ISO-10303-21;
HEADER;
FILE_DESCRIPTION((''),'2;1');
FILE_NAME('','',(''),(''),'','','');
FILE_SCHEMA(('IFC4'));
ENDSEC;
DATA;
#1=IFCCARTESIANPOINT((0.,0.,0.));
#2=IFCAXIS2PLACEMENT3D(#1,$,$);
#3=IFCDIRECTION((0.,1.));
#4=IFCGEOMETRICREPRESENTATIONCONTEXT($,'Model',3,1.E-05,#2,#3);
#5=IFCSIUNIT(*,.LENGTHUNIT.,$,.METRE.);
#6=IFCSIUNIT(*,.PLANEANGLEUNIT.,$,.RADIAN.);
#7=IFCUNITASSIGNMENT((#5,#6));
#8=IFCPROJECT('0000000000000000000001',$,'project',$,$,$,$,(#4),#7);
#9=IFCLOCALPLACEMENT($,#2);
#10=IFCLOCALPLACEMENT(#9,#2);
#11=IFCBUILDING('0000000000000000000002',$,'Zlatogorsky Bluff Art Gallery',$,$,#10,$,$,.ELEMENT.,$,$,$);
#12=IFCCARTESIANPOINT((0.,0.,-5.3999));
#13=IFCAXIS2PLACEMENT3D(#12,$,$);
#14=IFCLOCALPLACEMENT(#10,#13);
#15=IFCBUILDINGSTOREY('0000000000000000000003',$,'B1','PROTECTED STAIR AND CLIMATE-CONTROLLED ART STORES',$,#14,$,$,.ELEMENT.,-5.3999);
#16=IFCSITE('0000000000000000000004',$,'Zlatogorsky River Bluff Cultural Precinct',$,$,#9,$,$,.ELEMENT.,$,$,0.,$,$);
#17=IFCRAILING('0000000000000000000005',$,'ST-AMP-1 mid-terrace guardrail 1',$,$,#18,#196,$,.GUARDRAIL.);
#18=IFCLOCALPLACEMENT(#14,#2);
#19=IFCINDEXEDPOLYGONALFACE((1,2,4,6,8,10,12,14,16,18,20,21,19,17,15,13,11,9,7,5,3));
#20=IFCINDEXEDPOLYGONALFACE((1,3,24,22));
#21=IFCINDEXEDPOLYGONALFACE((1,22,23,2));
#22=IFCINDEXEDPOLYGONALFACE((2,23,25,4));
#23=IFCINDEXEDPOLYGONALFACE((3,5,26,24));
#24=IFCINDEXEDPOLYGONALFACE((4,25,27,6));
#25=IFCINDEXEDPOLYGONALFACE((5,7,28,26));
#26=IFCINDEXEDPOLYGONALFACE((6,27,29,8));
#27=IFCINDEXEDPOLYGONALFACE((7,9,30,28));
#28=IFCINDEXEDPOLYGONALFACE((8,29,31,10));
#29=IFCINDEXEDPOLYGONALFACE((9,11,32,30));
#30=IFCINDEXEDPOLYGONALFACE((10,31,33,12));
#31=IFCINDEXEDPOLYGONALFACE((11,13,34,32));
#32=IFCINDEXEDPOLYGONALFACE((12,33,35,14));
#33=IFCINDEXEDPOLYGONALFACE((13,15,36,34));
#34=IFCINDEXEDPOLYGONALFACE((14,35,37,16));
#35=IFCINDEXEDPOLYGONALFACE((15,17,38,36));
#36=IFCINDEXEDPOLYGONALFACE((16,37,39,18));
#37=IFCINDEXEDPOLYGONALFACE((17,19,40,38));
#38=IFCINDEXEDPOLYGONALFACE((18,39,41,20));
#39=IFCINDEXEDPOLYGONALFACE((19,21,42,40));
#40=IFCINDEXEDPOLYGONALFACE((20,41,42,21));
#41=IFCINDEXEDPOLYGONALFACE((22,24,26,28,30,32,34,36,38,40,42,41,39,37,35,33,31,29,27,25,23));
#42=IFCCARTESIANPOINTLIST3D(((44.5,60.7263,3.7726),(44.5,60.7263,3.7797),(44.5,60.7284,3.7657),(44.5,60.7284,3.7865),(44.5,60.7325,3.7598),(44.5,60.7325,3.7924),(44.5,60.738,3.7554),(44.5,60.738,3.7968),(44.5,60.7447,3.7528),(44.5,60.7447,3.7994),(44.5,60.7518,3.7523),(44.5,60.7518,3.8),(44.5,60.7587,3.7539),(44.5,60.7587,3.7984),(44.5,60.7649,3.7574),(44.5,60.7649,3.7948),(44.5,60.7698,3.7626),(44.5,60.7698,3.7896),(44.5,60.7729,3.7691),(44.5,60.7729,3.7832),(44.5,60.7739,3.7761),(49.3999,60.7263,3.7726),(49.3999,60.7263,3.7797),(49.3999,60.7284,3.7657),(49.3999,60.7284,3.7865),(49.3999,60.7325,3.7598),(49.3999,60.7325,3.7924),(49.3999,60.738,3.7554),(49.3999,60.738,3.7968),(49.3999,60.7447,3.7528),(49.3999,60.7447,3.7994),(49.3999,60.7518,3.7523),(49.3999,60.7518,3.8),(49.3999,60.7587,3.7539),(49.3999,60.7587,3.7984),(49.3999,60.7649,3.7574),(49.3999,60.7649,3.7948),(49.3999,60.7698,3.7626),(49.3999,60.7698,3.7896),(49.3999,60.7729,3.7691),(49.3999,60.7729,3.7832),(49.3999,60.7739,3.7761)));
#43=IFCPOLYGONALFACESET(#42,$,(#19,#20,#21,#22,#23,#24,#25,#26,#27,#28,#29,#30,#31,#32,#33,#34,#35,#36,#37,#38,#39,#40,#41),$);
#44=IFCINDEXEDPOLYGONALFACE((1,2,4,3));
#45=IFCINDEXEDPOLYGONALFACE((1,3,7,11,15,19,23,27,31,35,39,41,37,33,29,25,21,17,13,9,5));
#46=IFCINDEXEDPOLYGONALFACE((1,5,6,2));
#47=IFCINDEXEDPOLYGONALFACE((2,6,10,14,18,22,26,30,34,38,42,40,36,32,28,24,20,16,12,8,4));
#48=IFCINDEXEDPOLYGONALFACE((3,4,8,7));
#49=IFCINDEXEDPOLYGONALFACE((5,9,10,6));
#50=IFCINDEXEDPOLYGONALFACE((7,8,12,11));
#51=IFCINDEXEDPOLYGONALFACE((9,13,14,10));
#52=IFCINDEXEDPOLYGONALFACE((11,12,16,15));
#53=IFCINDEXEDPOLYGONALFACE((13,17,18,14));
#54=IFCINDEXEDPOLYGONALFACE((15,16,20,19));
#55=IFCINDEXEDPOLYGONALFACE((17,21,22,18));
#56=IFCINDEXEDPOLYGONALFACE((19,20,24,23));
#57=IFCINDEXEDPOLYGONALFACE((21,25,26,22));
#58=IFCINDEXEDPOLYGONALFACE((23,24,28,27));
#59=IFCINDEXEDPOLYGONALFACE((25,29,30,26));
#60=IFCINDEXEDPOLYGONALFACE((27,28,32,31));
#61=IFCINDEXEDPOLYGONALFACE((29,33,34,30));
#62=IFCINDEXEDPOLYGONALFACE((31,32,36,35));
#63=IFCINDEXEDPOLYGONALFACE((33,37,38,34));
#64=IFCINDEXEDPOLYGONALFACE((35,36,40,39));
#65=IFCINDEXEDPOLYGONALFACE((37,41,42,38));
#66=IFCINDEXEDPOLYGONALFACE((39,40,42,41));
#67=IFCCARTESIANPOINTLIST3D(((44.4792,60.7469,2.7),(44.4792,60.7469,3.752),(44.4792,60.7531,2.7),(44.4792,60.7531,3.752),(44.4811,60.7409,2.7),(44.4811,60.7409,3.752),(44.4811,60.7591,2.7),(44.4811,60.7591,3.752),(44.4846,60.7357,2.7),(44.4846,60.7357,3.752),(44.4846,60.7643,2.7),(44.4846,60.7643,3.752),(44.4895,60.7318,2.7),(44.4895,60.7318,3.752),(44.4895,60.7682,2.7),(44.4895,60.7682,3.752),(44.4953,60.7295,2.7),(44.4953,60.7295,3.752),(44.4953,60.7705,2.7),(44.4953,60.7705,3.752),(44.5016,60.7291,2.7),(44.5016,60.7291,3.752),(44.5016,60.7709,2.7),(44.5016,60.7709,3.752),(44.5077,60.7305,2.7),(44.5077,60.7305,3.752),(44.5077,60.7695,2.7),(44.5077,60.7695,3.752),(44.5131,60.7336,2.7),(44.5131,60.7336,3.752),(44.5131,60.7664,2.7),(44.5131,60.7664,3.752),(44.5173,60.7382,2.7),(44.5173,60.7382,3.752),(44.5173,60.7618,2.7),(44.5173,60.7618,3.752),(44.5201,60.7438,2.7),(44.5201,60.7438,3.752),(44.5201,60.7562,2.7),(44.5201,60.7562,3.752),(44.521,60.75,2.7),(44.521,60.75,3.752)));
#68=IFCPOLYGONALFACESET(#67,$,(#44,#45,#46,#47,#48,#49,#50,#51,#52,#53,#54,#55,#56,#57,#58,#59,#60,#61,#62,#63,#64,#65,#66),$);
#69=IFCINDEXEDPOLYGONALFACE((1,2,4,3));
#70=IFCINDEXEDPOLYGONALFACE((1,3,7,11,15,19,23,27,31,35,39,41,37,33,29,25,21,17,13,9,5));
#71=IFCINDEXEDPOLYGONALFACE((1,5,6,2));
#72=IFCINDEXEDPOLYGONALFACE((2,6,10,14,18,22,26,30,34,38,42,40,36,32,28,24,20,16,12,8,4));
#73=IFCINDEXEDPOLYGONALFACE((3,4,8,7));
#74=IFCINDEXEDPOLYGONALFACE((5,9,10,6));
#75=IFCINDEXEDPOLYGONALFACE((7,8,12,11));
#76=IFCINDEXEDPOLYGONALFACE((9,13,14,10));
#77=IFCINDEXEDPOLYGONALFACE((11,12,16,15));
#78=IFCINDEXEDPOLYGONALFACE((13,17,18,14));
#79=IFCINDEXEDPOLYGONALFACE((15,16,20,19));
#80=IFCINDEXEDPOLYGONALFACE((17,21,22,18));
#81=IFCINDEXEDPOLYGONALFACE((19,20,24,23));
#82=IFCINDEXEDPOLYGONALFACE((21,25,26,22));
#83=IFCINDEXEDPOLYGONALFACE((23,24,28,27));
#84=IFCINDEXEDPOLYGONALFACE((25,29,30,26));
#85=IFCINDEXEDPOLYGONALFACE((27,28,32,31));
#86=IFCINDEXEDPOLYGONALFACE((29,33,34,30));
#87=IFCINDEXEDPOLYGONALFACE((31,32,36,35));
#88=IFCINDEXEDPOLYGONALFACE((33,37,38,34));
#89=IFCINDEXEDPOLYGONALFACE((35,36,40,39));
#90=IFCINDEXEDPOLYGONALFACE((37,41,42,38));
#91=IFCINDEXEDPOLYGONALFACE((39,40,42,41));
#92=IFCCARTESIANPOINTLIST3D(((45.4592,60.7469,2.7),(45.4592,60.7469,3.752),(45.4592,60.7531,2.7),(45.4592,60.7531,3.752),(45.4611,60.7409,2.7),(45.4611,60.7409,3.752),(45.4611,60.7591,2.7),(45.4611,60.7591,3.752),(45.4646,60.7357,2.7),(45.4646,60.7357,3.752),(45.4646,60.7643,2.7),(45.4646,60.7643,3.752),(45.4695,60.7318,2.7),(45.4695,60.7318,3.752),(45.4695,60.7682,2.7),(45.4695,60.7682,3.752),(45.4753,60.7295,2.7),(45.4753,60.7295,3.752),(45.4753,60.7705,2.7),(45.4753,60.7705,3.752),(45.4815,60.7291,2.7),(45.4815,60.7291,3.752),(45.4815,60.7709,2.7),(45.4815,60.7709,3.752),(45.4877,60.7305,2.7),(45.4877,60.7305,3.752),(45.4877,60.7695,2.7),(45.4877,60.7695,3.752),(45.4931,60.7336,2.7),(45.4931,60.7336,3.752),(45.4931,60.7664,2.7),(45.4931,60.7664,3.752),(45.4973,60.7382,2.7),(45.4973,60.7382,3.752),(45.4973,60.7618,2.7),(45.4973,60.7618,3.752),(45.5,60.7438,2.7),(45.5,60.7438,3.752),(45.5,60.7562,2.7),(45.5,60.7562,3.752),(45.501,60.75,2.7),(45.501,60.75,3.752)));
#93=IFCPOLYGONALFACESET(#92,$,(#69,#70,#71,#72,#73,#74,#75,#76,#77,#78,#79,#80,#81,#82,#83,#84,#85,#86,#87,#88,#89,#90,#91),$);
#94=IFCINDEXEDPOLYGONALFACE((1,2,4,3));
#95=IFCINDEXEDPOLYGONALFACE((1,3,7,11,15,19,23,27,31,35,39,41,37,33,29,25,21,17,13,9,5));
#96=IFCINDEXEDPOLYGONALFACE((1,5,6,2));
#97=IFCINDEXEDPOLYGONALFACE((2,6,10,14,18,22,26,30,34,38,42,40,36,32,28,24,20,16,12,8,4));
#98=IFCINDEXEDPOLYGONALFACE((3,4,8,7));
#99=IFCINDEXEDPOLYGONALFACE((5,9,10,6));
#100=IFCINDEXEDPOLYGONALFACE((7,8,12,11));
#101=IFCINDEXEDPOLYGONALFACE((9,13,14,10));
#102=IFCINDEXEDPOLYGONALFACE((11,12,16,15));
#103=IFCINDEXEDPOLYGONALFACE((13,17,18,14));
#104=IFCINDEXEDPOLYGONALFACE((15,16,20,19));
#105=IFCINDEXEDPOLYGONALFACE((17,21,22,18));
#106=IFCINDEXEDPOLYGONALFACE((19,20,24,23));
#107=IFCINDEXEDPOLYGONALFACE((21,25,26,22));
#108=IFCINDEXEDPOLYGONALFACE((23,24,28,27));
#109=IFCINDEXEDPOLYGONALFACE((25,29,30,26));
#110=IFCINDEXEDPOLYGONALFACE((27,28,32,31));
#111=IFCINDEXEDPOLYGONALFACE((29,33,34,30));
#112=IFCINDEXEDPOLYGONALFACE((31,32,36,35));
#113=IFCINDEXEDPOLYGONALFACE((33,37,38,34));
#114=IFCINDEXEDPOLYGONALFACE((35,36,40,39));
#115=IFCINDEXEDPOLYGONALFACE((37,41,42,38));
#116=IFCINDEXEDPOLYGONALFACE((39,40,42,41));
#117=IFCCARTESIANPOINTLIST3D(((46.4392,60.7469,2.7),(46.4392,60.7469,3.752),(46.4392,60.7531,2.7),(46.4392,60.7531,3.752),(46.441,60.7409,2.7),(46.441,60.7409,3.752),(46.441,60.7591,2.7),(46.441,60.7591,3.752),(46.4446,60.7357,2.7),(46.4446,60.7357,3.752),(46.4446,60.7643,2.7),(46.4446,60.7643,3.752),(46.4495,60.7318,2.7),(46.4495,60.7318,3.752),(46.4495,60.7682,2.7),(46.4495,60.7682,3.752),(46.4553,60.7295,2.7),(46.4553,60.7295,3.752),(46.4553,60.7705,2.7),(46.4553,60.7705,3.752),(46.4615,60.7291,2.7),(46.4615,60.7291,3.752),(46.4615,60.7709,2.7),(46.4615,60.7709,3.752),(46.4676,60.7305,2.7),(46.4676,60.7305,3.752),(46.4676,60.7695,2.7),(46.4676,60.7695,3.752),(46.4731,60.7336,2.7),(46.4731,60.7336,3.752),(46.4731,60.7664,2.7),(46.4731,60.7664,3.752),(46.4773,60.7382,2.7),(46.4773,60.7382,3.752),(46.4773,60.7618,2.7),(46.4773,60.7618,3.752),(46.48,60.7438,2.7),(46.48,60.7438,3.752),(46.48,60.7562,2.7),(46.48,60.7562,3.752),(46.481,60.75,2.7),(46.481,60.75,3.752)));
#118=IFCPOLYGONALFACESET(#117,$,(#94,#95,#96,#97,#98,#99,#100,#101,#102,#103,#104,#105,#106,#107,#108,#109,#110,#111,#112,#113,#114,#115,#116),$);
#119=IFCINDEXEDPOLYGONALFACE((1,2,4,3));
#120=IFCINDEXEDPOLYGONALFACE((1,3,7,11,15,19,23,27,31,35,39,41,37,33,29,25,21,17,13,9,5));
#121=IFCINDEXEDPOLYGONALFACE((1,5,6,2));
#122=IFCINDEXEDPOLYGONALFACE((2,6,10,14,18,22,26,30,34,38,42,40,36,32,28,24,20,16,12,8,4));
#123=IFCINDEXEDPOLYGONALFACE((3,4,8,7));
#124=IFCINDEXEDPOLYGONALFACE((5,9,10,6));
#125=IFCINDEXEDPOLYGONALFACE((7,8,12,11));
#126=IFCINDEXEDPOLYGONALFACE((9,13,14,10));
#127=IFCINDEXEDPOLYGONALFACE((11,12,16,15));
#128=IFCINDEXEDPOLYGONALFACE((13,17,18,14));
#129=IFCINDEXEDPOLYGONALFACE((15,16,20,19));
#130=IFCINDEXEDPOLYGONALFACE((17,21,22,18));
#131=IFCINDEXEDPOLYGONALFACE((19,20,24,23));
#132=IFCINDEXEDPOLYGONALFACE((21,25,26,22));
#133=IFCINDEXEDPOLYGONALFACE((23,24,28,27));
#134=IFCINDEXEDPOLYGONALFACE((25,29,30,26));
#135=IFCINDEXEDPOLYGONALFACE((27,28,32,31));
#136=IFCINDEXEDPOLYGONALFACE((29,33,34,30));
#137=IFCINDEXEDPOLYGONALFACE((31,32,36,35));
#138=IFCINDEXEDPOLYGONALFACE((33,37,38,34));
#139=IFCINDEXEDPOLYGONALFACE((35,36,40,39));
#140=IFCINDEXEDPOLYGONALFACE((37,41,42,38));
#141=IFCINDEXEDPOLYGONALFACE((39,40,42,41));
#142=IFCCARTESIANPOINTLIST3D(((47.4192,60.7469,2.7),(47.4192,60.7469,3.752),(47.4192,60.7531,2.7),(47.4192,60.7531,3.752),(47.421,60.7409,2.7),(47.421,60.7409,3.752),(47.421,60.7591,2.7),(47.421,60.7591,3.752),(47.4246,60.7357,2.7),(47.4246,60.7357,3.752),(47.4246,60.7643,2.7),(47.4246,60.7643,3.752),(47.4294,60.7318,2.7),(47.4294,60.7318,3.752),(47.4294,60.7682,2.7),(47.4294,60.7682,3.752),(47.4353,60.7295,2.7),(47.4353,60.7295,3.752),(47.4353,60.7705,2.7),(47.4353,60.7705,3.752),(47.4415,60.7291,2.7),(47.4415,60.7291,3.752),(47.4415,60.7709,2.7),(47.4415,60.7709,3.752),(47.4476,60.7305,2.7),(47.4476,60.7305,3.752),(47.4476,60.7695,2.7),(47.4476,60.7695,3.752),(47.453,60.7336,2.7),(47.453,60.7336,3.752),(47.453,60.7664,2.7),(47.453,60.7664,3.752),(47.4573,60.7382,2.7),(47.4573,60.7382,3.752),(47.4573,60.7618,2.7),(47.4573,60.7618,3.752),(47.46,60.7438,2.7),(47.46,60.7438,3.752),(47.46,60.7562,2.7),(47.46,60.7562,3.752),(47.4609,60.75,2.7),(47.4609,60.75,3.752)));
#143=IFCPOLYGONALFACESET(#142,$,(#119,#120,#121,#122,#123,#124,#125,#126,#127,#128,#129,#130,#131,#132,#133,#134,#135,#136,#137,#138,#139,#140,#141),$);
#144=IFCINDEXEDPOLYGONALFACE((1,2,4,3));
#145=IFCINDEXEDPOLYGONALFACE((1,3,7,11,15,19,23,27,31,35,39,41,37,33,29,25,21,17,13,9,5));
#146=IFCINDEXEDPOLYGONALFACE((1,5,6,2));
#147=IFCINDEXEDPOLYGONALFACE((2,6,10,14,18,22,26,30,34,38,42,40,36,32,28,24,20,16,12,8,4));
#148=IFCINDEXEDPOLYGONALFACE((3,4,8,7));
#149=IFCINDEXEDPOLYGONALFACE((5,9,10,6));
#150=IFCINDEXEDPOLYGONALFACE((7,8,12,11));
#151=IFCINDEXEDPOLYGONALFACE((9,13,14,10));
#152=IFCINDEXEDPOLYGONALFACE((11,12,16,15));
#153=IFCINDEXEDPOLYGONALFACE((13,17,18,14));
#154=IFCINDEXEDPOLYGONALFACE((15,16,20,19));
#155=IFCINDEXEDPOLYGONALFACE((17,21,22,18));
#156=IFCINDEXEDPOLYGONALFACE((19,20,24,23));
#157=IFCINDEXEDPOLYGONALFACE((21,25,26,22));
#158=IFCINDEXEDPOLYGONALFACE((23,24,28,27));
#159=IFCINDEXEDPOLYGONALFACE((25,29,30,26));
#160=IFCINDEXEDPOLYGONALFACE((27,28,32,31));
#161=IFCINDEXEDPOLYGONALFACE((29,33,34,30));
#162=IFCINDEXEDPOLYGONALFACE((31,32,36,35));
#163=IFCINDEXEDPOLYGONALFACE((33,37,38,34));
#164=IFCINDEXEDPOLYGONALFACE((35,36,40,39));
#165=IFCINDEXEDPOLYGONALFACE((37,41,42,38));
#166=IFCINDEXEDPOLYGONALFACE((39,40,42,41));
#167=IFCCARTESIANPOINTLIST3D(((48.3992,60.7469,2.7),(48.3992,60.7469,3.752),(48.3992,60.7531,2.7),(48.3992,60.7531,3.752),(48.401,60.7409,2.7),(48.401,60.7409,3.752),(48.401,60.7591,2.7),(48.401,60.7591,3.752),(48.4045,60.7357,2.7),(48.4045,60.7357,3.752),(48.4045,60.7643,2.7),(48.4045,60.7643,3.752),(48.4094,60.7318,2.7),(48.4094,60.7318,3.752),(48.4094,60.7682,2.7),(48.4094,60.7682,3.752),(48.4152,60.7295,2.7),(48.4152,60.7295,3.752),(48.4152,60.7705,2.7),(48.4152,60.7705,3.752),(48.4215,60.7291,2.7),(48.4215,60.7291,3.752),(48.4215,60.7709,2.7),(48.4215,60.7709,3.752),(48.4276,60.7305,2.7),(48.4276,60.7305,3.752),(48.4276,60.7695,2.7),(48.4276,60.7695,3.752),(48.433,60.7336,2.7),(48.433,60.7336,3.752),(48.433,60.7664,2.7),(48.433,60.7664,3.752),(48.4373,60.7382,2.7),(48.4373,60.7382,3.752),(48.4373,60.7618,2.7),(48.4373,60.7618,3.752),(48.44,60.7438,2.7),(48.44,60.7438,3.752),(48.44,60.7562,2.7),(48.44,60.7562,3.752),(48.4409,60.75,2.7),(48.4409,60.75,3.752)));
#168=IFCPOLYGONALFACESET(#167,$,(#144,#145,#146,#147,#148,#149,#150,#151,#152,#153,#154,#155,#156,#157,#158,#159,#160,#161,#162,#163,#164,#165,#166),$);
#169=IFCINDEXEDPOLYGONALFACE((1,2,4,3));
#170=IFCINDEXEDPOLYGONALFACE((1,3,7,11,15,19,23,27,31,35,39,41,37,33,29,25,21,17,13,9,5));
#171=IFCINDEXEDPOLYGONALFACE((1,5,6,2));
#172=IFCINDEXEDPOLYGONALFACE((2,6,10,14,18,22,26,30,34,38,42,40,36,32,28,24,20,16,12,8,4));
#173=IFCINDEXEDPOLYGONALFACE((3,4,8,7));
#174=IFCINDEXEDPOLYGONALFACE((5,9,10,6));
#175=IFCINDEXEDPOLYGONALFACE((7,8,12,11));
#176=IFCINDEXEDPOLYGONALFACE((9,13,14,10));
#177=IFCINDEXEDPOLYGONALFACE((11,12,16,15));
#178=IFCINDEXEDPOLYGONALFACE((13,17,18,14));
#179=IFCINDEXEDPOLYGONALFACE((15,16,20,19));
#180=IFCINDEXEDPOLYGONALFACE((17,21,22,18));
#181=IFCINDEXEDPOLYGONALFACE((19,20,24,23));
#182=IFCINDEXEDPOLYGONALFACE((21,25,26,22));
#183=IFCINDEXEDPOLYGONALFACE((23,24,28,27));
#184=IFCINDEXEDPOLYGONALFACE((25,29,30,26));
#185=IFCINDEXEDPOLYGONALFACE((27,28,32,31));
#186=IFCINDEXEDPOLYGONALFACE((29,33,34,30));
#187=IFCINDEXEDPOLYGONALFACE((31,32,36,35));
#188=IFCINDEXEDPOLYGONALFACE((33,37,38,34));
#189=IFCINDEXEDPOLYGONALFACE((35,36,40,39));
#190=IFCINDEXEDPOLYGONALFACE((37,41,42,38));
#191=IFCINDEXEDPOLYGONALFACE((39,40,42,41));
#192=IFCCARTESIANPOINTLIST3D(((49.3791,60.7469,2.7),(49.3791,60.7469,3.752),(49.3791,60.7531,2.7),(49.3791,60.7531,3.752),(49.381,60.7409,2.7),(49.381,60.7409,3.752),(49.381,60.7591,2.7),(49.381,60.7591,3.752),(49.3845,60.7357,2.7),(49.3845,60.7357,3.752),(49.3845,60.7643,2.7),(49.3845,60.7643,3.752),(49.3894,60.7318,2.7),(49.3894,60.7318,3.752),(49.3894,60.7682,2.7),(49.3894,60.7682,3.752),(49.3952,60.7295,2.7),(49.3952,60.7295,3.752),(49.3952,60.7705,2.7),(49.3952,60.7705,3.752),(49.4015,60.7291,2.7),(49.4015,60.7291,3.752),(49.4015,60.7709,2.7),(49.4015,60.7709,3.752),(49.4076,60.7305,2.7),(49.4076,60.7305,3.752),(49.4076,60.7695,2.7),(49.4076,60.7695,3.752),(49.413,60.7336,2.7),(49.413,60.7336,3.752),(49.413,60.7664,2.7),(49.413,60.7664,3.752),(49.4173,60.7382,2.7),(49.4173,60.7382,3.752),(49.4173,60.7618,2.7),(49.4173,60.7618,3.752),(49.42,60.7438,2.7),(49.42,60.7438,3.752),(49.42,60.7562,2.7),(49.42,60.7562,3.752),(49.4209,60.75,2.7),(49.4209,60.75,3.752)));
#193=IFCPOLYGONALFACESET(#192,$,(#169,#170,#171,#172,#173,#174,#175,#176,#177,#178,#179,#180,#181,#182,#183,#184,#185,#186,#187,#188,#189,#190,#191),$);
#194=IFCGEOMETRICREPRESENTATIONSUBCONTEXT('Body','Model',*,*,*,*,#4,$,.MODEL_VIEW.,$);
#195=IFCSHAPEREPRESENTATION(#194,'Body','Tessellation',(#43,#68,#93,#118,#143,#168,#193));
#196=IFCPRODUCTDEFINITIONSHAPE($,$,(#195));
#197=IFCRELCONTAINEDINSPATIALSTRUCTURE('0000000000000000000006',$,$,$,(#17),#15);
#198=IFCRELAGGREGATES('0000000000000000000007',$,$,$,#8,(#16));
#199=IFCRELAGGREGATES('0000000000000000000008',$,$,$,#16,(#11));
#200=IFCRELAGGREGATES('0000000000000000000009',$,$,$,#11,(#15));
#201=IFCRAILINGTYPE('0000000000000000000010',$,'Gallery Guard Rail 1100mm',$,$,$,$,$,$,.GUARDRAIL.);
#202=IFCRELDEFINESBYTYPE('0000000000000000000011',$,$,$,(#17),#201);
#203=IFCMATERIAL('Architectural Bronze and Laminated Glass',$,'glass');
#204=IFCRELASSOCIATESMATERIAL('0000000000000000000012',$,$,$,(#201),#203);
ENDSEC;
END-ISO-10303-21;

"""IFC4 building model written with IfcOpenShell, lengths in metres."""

from ifc_helpers import new_model, si_unit, direction, frame, origin, origin_2d, place, context, subcontext, project, spatial, circle, extrude, material, type_object, element, save


model = new_model("IFC4")

# Units and contexts
model_context = context("Model", 3, precision=1e-05, world=origin(), true_north=direction((0.0, 1.0)))
body_context = subcontext(model_context, "Body", "Model", "MODEL_VIEW")
ifc_project = project(units=[si_unit("LENGTHUNIT", "METRE"), si_unit("PLANEANGLEUNIT", "RADIAN")], contexts=[model_context])

# Site, building, storey
site_placement = place(None, origin())
site = spatial("IfcSite", under=ifc_project, at=site_placement, Name="Zlatogorsky River Bluff Cultural Precinct", CompositionType="ELEMENT", RefElevation=0.0)
building_placement = place(site_placement, origin())
building = spatial("IfcBuilding", under=site, at=building_placement, Name="Zlatogorsky Bluff Art Gallery", CompositionType="ELEMENT")
storey_placement = place(building_placement, frame((0.0, 0.0, -5.3999)))
storey = spatial("IfcBuildingStorey", under=building, at=storey_placement, Name="B1", Description="PROTECTED STAIR AND CLIMATE-CONTROLLED ART STORES", CompositionType="ELEMENT", Elevation=-5.3999)

# Railing
ifc_material_1 = material(Name="Architectural Bronze and Laminated Glass", Category="glass")
railing_type_1 = type_object("IfcRailingType", Name="Gallery Guard Rail 1100mm", PredefinedType="GUARDRAIL", material=ifc_material_1)
railing_1_placement = place(storey_placement, frame((44.5, 60.75, 2.7)))
element("IfcRailing", 1, at=railing_1_placement, inside=storey, type_object=railing_type_1, Name="ST-AMP-1 mid-terrace guardrail 1", PredefinedType="GUARDRAIL", context=body_context, shape_type="SweptSolid", body=[
    extrude(circle(Radius=0.0239, at=origin_2d()), frame((0.0, 0.0, 1.0762), z_axis=(1.0, 0.0, 0.0), x_axis=(0.0, 1.0, 0.0)), (0.0, 0.0, 1.0), 4.8999),
    extrude(circle(Radius=0.021, at=origin_2d()), origin(), (0.0, 0.0, 1.0), 1.052),
    extrude(circle(Radius=0.021, at=origin_2d()), frame((0.98, 0.0, 0.0)), (0.0, 0.0, 1.0), 1.052),
    extrude(circle(Radius=0.021, at=origin_2d()), frame((1.96, 0.0, 0.0)), (0.0, 0.0, 1.0), 1.052),
    extrude(circle(Radius=0.021, at=origin_2d()), frame((2.9399, 0.0, 0.0)), (0.0, 0.0, 1.0), 1.052),
    extrude(circle(Radius=0.021, at=origin_2d()), frame((3.9199, 0.0, 0.0)), (0.0, 0.0, 1.0), 1.052),
    extrude(circle(Radius=0.021, at=origin_2d()), frame((4.8999, 0.0, 0.0)), (0.0, 0.0, 1.0), 1.052),
])

save(model, "model.ifc")
